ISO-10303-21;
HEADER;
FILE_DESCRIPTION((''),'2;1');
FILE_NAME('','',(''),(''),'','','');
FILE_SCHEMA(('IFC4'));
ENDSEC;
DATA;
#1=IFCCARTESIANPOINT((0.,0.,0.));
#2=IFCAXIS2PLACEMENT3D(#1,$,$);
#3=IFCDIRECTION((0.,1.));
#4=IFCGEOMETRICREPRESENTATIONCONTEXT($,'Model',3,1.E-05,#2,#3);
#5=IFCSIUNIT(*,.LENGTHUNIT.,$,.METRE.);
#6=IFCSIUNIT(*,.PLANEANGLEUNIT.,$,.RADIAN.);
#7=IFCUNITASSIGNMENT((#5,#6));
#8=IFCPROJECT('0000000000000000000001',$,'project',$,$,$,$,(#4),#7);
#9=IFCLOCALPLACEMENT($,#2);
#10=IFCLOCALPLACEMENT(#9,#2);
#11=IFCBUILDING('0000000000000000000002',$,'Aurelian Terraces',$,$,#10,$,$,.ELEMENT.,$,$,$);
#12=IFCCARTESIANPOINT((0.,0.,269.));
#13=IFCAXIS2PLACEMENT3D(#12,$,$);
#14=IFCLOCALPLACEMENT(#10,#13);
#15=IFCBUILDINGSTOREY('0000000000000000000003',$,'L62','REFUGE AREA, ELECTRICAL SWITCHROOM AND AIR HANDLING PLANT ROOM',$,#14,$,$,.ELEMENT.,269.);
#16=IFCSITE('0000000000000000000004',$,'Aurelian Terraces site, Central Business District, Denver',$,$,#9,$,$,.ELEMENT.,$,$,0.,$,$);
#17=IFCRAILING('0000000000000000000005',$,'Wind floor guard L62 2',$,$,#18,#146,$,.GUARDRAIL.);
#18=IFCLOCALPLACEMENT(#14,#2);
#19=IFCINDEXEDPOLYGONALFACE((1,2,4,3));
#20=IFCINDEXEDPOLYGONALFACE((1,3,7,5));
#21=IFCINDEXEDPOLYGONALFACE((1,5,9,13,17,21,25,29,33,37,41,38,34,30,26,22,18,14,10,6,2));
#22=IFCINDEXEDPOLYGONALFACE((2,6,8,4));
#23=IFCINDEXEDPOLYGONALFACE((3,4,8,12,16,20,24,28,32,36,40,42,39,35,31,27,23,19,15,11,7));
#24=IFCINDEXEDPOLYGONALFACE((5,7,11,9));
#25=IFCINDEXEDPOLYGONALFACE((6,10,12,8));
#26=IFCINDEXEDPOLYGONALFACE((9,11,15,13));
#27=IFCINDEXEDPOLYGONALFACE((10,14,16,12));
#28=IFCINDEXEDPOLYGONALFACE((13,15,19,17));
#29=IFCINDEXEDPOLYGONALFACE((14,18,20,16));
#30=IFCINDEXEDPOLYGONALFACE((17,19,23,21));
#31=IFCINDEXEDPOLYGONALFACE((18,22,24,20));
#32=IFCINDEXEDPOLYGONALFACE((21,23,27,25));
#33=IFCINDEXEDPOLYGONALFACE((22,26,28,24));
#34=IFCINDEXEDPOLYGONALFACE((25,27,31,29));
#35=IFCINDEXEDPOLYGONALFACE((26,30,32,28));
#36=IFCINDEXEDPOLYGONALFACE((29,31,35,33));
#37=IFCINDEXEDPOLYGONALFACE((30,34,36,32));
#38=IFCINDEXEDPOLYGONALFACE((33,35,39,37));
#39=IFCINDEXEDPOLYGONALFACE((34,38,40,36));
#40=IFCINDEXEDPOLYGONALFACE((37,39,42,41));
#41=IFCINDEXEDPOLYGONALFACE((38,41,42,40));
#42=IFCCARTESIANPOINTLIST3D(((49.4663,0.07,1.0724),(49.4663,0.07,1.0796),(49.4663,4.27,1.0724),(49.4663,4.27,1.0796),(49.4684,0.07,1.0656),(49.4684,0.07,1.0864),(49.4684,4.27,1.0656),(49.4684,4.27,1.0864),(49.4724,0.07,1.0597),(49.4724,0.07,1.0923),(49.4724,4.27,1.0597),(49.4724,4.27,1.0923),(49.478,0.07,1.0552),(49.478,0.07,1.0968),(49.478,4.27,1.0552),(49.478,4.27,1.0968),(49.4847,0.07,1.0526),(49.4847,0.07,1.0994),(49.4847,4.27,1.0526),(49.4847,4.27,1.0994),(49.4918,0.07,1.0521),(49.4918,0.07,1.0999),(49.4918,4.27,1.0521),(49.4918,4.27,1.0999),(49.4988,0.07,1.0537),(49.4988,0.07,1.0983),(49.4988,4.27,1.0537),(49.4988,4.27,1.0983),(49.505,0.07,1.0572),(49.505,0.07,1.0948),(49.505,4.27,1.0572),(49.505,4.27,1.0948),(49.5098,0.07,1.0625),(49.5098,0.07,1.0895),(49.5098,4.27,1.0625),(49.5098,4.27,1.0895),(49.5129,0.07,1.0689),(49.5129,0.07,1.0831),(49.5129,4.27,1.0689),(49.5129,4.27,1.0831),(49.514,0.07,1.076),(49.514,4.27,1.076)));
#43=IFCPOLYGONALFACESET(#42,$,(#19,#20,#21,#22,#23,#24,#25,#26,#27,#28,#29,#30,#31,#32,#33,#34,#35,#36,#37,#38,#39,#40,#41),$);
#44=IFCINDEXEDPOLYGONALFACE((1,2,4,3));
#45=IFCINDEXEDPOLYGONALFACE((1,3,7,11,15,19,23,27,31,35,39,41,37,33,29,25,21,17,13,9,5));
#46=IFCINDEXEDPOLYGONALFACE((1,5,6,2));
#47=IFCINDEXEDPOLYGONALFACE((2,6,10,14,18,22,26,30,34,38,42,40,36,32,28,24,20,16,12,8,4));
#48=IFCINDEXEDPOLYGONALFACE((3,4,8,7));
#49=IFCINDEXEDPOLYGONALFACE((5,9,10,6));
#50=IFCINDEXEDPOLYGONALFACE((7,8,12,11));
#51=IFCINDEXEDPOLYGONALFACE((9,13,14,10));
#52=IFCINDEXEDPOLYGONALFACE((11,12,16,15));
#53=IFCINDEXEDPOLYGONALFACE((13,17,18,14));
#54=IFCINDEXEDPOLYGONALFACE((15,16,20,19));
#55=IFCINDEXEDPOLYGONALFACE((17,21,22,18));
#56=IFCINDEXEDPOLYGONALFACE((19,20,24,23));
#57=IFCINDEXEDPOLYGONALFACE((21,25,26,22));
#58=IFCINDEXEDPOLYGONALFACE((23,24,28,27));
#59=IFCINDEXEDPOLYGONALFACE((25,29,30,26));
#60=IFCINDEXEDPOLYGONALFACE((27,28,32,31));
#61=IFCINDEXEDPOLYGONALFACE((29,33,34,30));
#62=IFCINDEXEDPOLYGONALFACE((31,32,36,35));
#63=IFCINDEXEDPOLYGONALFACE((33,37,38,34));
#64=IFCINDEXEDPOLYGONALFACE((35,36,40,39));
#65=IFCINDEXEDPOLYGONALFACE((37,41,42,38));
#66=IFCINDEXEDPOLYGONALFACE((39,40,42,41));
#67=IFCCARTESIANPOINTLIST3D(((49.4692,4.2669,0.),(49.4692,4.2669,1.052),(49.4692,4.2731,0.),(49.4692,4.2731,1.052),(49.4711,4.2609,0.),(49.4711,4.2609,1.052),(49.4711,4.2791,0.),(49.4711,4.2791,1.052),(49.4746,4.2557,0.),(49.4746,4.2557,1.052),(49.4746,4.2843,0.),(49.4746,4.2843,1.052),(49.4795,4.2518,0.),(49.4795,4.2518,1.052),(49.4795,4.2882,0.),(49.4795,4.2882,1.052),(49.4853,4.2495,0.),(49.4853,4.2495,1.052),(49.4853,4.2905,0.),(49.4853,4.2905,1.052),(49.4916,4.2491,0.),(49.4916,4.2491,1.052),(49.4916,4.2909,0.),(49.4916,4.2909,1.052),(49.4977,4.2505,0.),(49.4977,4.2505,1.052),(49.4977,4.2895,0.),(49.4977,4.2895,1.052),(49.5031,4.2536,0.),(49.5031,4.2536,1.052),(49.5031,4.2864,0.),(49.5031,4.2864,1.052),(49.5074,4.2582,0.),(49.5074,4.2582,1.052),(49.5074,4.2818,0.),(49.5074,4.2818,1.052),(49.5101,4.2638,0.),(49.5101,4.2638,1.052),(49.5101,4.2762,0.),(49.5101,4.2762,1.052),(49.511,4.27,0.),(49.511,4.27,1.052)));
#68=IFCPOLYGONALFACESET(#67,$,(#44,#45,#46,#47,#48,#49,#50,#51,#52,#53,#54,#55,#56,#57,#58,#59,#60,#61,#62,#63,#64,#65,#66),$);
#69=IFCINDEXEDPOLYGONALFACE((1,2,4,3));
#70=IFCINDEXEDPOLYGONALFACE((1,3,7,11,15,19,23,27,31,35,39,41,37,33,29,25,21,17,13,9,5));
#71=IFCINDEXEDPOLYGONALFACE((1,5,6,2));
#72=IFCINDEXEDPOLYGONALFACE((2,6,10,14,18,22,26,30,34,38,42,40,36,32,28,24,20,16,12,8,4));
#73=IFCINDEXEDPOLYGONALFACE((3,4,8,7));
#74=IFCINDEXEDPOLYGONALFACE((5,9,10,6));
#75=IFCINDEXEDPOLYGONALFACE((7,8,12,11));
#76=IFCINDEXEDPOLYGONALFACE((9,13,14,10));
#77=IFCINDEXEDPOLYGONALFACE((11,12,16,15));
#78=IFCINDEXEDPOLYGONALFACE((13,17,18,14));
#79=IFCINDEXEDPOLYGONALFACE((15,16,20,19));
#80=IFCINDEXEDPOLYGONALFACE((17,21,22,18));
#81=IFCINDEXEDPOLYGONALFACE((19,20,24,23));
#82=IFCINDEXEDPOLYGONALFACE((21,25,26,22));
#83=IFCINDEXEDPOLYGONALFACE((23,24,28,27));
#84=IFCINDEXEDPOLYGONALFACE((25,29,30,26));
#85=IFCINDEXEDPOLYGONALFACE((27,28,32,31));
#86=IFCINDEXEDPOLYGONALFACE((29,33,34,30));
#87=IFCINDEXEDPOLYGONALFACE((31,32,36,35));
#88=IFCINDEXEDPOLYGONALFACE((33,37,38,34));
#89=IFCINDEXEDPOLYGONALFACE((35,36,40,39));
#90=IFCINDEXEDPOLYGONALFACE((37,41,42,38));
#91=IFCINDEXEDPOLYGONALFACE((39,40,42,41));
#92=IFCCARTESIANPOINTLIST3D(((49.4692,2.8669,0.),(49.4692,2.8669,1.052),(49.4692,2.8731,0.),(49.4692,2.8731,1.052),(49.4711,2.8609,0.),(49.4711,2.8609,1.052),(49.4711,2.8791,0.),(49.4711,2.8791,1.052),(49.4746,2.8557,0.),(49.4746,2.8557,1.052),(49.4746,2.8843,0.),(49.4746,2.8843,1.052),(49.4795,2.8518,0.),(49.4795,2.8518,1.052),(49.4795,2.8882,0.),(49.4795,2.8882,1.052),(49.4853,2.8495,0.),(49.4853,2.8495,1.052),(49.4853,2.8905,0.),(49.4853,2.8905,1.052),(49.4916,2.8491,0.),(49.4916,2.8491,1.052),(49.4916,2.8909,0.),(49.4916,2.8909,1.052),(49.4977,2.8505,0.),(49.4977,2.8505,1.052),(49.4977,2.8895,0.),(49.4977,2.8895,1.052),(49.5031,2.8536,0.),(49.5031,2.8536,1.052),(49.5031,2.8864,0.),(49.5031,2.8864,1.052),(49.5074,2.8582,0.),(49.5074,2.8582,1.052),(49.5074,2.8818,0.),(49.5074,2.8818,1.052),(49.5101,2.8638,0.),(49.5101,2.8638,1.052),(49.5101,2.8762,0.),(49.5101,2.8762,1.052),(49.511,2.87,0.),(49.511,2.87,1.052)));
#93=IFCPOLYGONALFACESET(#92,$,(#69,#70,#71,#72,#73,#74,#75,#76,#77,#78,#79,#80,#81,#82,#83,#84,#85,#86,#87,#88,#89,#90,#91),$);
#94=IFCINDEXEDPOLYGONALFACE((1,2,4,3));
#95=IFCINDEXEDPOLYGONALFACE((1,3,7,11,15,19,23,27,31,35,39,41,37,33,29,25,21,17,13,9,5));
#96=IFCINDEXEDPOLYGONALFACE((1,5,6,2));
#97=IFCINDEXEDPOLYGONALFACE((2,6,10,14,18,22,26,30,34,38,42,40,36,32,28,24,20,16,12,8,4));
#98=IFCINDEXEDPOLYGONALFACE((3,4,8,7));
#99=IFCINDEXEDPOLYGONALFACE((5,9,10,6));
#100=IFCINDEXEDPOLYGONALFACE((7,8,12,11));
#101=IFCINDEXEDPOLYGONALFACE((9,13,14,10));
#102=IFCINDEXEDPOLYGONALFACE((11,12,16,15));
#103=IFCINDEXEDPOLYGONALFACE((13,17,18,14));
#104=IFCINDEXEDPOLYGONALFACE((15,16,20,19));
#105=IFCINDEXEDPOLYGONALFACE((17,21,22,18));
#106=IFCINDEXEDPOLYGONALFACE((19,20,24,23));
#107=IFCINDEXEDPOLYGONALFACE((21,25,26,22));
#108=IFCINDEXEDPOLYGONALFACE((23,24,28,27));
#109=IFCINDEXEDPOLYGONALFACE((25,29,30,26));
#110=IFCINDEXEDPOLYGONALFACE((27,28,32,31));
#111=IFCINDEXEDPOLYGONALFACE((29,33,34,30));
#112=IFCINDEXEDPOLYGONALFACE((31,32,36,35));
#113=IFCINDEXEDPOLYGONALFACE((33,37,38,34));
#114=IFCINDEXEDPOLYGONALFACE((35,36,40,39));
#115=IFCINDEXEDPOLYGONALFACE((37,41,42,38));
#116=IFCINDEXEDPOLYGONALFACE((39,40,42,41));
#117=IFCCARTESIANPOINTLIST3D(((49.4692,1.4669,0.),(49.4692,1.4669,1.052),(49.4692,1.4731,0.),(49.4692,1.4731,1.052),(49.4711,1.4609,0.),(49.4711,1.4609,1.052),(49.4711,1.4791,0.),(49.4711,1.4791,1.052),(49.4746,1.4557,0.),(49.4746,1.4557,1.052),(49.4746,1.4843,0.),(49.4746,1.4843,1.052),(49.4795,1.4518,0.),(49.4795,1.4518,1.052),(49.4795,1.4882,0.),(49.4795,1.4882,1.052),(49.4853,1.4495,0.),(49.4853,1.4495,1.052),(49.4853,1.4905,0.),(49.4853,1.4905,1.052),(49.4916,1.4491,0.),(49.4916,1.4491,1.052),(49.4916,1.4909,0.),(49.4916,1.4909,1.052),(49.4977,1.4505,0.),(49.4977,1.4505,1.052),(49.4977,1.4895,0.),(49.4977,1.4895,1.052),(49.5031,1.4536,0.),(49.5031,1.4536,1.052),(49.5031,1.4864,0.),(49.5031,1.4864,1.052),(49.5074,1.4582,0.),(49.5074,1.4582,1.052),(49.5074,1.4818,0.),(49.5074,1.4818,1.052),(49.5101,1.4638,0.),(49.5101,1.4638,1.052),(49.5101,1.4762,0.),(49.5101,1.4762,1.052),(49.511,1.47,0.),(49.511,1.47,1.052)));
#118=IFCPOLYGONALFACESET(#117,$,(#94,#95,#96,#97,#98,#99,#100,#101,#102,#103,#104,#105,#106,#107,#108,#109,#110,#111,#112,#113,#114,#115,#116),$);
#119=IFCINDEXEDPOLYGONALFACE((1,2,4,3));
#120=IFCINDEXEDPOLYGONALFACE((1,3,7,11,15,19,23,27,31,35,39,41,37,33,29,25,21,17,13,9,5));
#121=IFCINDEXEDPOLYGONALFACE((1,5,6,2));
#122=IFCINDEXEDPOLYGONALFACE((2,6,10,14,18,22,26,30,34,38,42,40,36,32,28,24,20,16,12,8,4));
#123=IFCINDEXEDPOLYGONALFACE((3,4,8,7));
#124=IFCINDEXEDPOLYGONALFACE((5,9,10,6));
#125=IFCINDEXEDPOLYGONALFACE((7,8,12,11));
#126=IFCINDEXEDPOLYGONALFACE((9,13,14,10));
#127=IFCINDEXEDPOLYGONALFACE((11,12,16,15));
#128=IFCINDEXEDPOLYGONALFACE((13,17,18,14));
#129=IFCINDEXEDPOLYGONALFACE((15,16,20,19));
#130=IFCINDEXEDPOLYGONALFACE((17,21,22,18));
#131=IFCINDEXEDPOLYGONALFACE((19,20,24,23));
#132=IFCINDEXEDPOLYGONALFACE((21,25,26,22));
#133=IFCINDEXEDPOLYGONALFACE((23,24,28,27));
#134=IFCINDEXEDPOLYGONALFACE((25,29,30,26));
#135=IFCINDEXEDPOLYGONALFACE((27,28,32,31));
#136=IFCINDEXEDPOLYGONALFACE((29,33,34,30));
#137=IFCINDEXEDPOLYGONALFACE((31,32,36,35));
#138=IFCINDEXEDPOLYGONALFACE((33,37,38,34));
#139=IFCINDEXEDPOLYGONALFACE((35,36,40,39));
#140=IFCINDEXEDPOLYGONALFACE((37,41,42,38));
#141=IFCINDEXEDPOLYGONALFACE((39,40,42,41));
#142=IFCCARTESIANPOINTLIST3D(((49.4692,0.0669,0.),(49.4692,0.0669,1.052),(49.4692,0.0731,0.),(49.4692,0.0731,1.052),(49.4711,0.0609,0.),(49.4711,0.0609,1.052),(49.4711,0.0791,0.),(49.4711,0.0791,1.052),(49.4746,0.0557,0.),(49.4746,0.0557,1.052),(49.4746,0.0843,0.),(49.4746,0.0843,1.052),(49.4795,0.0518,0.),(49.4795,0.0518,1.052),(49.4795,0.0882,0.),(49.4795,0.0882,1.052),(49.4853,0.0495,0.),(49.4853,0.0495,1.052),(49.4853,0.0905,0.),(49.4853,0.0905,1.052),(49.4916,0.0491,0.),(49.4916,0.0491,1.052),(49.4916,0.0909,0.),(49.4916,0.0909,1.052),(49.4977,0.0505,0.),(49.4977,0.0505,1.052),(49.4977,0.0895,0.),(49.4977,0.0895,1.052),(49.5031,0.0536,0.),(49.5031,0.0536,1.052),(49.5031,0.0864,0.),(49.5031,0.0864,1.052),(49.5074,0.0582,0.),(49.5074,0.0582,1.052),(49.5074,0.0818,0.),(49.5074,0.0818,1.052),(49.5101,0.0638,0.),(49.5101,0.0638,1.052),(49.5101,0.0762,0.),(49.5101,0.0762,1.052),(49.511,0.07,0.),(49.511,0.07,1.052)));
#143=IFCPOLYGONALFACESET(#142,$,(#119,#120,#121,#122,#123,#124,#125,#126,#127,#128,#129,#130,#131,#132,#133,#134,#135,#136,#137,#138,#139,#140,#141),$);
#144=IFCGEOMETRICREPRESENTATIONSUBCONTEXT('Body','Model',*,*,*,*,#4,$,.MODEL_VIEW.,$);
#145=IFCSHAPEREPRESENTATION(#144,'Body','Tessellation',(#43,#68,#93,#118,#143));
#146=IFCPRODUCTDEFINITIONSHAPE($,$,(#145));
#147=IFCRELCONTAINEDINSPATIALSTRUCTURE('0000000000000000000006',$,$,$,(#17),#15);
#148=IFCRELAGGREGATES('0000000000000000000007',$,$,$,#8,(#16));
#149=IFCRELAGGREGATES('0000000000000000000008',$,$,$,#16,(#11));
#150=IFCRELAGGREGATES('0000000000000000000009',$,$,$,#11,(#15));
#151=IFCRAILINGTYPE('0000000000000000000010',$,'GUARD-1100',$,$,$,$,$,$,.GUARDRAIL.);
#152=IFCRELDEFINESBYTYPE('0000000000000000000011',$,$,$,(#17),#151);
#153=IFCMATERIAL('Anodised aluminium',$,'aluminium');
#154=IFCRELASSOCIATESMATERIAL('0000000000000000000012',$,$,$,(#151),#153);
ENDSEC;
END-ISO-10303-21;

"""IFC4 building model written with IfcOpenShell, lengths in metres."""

from ifc_helpers import new_model, si_unit, direction, frame, origin, origin_2d, place, context, subcontext, project, spatial, circle, extrude, source, transform, mapped, material, type_object, element, save


model = new_model("IFC4")

# Units and contexts
model_context = context("Model", 3, precision=1e-05, world=origin(), true_north=direction((0.0, 1.0)))
body_context = subcontext(model_context, "Body", "Model", "MODEL_VIEW")
ifc_project = project(units=[si_unit("LENGTHUNIT", "METRE"), si_unit("PLANEANGLEUNIT", "RADIAN")], contexts=[model_context])

# Site, building, storey
site_placement = place(None, origin())
site = spatial("IfcSite", under=ifc_project, at=site_placement, Name="Aurelian Terraces site, Central Business District, Denver", CompositionType="ELEMENT", RefElevation=0.0)
building_placement = place(site_placement, origin())
building = spatial("IfcBuilding", under=site, at=building_placement, Name="Aurelian Terraces", CompositionType="ELEMENT")
storey_placement = place(building_placement, frame((0.0, 0.0, 269.0)))
storey = spatial("IfcBuildingStorey", under=building, at=storey_placement, Name="L62", Description="REFUGE AREA, ELECTRICAL SWITCHROOM AND AIR HANDLING PLANT ROOM", CompositionType="ELEMENT", Elevation=269.0)

# Railing
ifc_material_1 = material(Name="Anodised aluminium", Category="aluminium")
railing_type_1 = type_object("IfcRailingType", Name="GUARD-1100", PredefinedType="GUARDRAIL", material=ifc_material_1)
shared_shape_1 = source(origin(), body_context, "Body", "SweptSolid", [
    extrude(circle(Radius=0.024, at=origin_2d()), frame((0.0, 0.0, 1.076), z_axis=(0.0, -1.0, 0.0), x_axis=(1.0, 0.0, 0.0)), (0.0, 0.0, 1.0), 4.2),
    extrude(circle(Radius=0.021, at=origin_2d()), origin(), (0.0, 0.0, 1.0), 1.052),
    extrude(circle(Radius=0.021, at=origin_2d()), frame((0.0, -1.4, 0.0)), (0.0, 0.0, 1.0), 1.052),
    extrude(circle(Radius=0.021, at=origin_2d()), frame((0.0, -2.8, 0.0)), (0.0, 0.0, 1.0), 1.052),
    extrude(circle(Radius=0.021, at=origin_2d()), frame((0.0, -4.2, 0.0)), (0.0, 0.0, 1.0), 1.052),
])
railing_1_placement = place(storey_placement, frame((49.49, 4.27, 0.0)))
element("IfcRailing", 1, at=railing_1_placement, inside=storey, type_object=railing_type_1, Name="Wind floor guard L62 2", PredefinedType="GUARDRAIL", context=body_context, shape_type="MappedRepresentation", body=[
    mapped(shared_shape_1, transform((0.0, 0.0, 0.0), scale=1.0)),
])

save(model, "model.ifc")
